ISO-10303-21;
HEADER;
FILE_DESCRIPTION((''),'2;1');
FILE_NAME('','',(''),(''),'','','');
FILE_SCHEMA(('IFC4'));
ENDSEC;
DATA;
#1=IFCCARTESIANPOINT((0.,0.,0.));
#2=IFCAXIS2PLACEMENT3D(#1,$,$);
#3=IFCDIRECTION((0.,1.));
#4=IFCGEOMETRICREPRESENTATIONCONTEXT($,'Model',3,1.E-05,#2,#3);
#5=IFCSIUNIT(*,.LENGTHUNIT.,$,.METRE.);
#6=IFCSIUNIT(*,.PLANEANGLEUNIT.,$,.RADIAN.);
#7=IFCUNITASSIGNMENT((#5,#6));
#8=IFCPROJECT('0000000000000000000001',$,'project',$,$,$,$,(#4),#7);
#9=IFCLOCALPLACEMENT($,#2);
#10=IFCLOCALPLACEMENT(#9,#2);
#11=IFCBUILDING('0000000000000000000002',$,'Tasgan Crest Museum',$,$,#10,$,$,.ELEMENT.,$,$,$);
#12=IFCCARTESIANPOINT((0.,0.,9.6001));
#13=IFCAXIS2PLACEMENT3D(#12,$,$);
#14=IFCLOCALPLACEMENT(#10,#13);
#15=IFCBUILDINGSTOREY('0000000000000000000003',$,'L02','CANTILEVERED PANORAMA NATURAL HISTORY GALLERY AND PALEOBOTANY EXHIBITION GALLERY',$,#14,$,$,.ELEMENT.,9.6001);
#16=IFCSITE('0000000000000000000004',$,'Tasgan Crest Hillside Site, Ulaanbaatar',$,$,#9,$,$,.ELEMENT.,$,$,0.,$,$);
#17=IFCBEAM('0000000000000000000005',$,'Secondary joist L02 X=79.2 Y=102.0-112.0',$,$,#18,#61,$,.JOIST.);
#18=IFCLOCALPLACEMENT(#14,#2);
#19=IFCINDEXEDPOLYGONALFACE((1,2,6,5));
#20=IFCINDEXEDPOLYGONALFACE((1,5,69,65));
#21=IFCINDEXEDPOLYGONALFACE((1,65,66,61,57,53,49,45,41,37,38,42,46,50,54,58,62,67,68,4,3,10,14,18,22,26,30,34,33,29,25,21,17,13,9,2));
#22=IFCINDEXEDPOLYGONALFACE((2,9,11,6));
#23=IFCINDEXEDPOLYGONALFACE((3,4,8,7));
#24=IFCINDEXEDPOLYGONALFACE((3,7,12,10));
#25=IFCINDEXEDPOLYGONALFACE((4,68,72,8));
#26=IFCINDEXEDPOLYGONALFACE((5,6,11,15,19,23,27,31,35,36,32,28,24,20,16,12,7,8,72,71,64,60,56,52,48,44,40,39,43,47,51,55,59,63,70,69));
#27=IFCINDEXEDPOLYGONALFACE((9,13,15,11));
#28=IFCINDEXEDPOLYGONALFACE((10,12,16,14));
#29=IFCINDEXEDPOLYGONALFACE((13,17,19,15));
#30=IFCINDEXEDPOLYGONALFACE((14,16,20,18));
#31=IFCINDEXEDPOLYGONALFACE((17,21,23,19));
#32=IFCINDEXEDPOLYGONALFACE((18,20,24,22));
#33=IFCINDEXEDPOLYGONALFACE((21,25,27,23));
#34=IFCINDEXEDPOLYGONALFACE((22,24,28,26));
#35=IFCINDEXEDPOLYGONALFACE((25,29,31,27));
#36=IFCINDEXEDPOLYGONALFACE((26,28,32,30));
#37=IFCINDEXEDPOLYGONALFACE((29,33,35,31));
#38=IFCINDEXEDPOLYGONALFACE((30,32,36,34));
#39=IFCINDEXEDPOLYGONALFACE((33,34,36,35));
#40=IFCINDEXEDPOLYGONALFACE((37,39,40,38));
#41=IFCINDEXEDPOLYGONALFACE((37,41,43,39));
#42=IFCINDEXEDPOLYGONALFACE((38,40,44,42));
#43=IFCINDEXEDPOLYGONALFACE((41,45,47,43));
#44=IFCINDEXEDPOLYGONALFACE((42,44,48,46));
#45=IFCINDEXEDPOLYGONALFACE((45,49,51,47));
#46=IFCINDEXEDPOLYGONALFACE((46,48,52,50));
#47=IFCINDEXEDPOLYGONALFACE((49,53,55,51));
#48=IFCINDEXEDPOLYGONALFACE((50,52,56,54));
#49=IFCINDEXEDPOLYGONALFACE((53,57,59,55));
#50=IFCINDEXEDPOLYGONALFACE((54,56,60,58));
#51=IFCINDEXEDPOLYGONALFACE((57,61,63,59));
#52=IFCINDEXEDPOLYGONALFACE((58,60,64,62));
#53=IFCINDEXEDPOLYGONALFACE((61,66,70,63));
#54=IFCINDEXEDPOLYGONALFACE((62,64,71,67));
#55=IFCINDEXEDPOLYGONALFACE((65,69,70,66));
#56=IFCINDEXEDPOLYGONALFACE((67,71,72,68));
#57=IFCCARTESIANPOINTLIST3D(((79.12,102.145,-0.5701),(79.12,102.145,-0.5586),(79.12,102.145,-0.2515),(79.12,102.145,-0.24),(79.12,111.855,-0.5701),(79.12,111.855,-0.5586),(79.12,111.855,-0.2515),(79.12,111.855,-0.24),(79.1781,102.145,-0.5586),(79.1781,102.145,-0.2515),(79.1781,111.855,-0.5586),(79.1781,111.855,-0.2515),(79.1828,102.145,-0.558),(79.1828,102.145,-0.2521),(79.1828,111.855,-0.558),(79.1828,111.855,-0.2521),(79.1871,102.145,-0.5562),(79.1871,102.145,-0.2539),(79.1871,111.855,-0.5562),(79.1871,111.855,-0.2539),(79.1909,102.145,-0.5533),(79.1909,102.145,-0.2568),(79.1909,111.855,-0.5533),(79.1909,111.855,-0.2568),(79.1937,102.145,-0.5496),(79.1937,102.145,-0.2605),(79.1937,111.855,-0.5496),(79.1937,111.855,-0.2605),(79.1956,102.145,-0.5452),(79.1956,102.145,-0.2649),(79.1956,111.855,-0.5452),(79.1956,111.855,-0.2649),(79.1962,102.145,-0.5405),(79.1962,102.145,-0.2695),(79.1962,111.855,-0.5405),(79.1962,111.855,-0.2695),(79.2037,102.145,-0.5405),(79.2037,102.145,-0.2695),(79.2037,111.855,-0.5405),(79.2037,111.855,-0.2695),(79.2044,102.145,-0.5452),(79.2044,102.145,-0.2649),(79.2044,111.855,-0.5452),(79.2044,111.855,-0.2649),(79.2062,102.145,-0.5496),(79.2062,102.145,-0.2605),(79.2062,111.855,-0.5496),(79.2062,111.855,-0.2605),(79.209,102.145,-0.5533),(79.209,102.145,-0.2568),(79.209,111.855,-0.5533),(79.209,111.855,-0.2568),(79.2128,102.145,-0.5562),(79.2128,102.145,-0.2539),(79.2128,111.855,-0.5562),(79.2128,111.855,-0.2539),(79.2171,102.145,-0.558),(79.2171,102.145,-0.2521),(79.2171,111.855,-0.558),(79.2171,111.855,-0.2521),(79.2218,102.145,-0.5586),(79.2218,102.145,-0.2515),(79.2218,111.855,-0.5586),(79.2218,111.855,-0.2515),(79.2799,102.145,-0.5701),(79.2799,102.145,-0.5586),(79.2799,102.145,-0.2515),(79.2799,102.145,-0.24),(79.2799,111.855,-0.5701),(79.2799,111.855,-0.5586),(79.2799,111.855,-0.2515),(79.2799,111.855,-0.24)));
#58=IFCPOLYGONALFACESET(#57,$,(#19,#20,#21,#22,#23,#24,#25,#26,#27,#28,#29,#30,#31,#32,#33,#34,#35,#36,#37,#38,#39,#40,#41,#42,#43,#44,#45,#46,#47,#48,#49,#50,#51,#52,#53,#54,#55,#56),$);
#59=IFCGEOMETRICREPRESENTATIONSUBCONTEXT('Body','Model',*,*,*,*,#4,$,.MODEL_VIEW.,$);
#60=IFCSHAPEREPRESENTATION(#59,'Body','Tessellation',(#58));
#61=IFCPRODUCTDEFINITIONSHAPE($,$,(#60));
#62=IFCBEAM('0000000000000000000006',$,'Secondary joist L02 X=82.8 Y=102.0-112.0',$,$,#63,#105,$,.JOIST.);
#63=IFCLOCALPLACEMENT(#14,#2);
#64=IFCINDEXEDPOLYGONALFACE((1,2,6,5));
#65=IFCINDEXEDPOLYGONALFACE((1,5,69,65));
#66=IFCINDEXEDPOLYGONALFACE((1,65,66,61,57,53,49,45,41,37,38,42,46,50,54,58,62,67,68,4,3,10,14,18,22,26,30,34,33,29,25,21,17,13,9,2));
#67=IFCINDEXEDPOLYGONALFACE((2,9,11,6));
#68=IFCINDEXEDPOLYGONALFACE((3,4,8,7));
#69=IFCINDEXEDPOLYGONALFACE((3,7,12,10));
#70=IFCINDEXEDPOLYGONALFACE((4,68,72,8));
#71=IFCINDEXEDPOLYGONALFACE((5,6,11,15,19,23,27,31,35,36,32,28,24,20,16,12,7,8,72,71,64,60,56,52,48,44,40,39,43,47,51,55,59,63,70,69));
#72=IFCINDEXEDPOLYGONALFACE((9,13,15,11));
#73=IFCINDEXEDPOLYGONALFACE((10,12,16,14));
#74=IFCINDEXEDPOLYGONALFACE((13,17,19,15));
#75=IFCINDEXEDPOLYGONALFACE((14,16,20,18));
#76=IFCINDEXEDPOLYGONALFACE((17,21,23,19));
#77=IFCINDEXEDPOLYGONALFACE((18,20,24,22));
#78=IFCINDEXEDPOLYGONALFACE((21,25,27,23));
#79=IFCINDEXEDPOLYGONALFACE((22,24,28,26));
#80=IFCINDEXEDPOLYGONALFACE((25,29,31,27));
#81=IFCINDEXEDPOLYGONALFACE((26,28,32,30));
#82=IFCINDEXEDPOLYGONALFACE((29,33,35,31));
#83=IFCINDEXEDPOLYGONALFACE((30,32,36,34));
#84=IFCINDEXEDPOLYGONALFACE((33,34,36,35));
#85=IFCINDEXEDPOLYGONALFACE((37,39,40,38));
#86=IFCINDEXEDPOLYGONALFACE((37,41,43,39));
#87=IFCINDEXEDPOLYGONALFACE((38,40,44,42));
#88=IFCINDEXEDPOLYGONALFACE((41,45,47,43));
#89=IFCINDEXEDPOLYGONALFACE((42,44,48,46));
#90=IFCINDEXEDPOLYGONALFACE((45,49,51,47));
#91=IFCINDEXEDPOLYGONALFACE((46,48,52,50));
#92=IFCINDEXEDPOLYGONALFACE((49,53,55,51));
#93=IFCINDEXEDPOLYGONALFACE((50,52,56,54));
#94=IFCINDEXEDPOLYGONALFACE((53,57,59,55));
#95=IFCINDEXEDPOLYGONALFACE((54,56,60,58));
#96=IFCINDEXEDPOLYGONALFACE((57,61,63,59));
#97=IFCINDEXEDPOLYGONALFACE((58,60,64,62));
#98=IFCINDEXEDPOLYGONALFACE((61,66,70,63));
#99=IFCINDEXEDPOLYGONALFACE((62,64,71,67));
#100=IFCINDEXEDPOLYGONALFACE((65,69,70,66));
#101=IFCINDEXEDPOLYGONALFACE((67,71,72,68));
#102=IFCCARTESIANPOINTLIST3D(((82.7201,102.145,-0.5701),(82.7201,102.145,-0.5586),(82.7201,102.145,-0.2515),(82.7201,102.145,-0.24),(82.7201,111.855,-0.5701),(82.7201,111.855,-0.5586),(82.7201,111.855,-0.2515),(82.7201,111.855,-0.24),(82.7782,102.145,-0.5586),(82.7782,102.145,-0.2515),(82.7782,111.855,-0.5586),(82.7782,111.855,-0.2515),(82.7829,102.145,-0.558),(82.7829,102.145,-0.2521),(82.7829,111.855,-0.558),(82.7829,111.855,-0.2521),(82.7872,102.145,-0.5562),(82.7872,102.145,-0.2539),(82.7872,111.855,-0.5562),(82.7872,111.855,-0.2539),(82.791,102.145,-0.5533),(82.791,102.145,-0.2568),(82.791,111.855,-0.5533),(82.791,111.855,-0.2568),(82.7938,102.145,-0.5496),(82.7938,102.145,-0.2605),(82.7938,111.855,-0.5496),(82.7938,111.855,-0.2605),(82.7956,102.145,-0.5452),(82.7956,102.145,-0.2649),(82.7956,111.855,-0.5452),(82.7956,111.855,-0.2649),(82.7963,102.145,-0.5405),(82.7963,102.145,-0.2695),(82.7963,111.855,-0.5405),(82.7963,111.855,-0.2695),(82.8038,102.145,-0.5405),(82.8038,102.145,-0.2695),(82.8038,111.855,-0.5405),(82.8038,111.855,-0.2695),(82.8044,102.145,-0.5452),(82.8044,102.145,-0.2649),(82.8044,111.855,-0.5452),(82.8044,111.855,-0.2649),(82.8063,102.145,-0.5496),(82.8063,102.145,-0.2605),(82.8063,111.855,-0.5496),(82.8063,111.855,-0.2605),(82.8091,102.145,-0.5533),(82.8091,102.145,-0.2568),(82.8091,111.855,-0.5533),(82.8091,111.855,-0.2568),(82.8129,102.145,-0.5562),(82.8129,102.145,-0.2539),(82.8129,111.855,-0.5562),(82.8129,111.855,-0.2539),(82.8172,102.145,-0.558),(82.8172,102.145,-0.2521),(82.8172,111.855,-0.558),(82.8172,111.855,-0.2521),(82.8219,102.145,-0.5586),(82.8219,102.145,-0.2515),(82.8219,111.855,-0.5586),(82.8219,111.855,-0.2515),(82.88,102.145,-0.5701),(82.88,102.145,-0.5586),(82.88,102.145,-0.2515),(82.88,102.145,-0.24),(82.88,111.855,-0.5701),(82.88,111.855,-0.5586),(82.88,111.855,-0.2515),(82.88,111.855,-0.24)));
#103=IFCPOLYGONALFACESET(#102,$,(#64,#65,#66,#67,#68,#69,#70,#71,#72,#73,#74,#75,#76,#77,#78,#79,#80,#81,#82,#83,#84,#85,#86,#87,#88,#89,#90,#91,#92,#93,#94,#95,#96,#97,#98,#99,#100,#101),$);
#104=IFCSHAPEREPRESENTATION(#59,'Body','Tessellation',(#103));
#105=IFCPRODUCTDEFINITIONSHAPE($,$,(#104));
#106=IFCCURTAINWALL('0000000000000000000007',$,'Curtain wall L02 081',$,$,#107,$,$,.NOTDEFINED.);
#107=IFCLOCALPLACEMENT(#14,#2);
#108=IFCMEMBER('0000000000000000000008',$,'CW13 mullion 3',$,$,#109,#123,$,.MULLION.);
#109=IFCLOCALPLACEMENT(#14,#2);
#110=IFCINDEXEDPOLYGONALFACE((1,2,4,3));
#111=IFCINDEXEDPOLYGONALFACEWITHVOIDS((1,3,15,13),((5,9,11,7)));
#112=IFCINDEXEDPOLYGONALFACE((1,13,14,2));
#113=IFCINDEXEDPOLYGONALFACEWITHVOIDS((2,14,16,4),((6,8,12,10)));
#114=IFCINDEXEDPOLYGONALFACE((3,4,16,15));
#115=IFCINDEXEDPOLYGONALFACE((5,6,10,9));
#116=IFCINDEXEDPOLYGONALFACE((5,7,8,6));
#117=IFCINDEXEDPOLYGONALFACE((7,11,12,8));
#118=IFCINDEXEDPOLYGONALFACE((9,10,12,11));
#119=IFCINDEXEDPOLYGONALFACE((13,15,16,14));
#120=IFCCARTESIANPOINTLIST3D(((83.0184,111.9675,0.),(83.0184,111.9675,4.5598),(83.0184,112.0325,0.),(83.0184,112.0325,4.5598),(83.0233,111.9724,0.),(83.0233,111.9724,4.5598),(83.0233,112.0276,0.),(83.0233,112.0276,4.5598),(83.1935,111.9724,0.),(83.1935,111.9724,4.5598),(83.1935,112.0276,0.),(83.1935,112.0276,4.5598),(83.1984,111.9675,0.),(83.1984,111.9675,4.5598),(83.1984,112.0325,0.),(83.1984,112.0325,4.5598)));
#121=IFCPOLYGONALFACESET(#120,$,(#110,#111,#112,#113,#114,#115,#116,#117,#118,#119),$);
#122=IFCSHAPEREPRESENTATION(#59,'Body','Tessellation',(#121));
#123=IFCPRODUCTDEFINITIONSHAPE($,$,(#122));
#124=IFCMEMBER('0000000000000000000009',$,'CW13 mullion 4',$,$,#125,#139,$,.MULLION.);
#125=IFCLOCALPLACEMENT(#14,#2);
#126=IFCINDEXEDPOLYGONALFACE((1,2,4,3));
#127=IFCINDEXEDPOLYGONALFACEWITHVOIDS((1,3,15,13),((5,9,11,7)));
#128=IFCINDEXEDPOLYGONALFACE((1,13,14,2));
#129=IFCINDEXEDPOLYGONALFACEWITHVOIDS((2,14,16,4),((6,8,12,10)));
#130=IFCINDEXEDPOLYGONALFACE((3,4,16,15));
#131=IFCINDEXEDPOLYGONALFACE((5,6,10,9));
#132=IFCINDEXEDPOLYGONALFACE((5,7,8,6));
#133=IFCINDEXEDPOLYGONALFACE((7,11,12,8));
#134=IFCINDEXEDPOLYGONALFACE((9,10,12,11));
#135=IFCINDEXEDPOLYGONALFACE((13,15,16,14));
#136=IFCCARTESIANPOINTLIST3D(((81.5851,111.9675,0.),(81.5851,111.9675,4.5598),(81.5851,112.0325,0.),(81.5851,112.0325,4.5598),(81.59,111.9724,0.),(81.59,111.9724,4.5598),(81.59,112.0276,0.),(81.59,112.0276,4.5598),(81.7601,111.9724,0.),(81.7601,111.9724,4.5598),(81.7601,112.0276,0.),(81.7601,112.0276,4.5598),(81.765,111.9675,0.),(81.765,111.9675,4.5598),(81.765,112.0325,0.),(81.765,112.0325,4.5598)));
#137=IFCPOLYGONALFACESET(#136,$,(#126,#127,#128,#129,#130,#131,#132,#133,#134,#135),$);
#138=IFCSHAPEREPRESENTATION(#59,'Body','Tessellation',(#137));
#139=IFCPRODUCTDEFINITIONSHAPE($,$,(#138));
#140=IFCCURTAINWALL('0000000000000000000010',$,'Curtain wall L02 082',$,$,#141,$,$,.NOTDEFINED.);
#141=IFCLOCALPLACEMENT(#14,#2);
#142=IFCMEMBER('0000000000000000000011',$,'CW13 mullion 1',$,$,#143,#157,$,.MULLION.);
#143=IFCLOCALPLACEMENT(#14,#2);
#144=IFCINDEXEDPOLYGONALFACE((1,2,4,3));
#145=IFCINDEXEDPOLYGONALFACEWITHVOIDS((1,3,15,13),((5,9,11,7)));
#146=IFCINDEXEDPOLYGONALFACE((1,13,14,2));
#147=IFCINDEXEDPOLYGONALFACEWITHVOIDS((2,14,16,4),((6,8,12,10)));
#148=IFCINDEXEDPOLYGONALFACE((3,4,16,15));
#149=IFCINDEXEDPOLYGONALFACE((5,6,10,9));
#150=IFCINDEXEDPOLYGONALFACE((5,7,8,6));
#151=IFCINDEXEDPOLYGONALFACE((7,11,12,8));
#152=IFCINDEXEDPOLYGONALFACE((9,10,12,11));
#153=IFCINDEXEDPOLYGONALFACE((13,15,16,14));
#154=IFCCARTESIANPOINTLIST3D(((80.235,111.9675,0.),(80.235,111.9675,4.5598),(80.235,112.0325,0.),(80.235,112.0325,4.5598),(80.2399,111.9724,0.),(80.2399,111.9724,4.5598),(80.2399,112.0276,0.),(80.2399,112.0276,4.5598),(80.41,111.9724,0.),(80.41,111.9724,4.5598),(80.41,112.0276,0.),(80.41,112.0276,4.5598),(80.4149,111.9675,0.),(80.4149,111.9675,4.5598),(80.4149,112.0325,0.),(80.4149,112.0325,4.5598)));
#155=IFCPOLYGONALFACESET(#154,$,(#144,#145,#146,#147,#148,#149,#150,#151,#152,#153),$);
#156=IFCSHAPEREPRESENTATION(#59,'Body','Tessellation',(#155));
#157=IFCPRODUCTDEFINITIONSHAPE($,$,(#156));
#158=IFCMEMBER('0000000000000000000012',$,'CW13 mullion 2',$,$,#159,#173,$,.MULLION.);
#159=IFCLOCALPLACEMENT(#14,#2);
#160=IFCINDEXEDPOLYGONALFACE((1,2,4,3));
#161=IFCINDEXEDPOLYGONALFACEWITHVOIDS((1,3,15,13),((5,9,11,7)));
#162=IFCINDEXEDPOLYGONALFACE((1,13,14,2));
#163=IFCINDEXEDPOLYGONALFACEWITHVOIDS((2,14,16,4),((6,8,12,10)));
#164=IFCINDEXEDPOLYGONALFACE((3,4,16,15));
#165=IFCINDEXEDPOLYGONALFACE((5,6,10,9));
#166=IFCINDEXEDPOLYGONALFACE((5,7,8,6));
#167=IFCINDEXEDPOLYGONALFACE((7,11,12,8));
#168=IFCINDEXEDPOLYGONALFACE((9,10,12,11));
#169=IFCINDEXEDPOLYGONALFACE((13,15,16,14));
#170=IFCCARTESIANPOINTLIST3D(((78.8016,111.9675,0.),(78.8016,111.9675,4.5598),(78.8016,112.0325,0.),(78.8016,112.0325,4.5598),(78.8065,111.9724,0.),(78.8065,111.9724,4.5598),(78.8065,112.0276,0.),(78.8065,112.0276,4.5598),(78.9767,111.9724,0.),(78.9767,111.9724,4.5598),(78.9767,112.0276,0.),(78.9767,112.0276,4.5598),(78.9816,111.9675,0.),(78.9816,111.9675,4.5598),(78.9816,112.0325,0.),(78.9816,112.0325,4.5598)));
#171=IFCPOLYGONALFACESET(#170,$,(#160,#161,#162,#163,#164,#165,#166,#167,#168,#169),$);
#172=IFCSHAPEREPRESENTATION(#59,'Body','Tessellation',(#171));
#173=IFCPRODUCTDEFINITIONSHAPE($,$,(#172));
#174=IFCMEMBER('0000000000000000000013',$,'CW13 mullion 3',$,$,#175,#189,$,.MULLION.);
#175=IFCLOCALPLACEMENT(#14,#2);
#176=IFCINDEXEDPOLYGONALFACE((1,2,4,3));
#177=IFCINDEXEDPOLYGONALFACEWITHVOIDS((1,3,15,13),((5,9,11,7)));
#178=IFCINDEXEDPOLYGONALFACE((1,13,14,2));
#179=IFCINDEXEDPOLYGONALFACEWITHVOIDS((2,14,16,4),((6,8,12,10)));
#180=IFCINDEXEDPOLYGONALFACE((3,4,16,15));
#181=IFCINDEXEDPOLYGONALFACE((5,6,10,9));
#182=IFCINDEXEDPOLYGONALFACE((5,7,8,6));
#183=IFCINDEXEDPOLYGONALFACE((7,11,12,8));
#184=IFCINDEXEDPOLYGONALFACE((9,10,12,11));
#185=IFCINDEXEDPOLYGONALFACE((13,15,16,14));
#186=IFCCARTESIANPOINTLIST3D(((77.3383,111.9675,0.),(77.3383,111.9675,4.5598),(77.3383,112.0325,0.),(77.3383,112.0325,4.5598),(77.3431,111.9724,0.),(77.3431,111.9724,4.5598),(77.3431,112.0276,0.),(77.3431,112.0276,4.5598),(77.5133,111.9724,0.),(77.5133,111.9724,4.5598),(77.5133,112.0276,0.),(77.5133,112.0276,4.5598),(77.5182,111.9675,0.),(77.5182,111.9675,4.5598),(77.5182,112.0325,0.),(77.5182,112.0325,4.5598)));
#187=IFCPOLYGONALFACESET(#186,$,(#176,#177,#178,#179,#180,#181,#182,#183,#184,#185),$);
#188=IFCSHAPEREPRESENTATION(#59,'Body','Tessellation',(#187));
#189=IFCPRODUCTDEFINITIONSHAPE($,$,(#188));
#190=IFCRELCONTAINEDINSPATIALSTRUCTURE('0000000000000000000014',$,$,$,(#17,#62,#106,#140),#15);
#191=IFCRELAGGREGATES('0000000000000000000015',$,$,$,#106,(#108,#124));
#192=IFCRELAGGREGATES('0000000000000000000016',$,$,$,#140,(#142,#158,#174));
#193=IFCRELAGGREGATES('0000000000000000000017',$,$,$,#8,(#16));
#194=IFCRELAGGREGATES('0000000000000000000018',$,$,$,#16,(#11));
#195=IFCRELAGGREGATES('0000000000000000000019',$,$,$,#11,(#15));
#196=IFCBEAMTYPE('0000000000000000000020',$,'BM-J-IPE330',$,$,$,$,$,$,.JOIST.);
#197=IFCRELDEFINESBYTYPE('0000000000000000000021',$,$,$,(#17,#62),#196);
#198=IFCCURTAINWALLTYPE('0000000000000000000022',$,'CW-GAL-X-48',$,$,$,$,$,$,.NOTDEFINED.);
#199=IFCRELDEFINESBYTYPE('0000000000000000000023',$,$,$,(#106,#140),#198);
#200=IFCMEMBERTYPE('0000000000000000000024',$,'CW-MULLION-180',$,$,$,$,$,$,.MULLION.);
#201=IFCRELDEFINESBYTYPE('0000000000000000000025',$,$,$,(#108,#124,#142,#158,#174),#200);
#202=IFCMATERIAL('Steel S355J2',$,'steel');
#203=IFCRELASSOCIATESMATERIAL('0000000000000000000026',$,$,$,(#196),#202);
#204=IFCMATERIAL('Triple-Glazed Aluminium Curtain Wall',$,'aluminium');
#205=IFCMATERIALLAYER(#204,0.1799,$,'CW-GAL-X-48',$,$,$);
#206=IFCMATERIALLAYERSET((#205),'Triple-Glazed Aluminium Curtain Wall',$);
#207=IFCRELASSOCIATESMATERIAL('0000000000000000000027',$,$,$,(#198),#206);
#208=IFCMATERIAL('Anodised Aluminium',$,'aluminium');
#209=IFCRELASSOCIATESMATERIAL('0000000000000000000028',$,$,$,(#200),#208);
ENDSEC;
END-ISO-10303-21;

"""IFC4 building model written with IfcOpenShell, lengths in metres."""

from ifc_helpers import new_model, si_unit, direction, frame, origin, origin_2d, place, context, subcontext, project, spatial, hollow_rectangle, i_section, extrude, material, layer, layer_set, material_profile, profile_set, type_object, element, aggregate, save


model = new_model("IFC4")

# Units and contexts
model_context = context("Model", 3, precision=1e-05, world=origin(), true_north=direction((0.0, 1.0)))
body_context = subcontext(model_context, "Body", "Model", "MODEL_VIEW")
ifc_project = project(units=[si_unit("LENGTHUNIT", "METRE"), si_unit("PLANEANGLEUNIT", "RADIAN")], contexts=[model_context])

# Site, building, storey
site_placement = place(None, origin())
site = spatial("IfcSite", under=ifc_project, at=site_placement, Name="Tasgan Crest Hillside Site, Ulaanbaatar", CompositionType="ELEMENT", RefElevation=0.0)
building_placement = place(site_placement, origin())
building = spatial("IfcBuilding", under=site, at=building_placement, Name="Tasgan Crest Museum", CompositionType="ELEMENT")
storey_placement = place(building_placement, frame((0.0, 0.0, 9.6001)))
storey = spatial("IfcBuildingStorey", under=building, at=storey_placement, Name="L02", Description="CANTILEVERED PANORAMA NATURAL HISTORY GALLERY AND PALEOBOTANY EXHIBITION GALLERY", CompositionType="ELEMENT", Elevation=9.6001)

# Beams
ifc_material_1 = material(Name="Steel S355J2", Category="steel")
ifc_material_profile_1 = material_profile(ifc_material_1, i_section(OverallWidth=0.1599, OverallDepth=0.3301, WebThickness=0.0076, FlangeThickness=0.0115, FilletRadius=0.0181, at=origin_2d()), Name="IPE 330")
ifc_profile_set_1 = profile_set([ifc_material_profile_1], Name="Steel S355J2")
beam_type = type_object("IfcBeamType", Name="BM-J-IPE330", PredefinedType="JOIST", material=ifc_profile_set_1)
for number, where, z_axis, x_axis, name in (
    (1, (79.2, 102.145, -0.405), (0.0, 1.0, 0.0), (-1.0, 0.0, 0.0), "Secondary joist L02 X=79.2 Y=102.0-112.0"),
    (2, (82.8, 102.145, -0.405), (0.0, 1.0, 0.0), (-1.0, 0.0, 0.0), "Secondary joist L02 X=82.8 Y=102.0-112.0"),
):
    element("IfcBeam", number, at=place(storey_placement, frame(where, z_axis=z_axis, x_axis=x_axis)), inside=storey, type_object=beam_type, Name=name, PredefinedType="JOIST", context=body_context, shape_type="SweptSolid", body=[
        extrude(i_section(OverallWidth=0.1599, OverallDepth=0.3301, WebThickness=0.0076, FlangeThickness=0.0115, FilletRadius=0.0181, at=origin_2d()), origin(), (0.0, 0.0, 1.0), 9.71),
    ])

# Curtain walls, members
ifc_material_2 = material(Name="Triple-Glazed Aluminium Curtain Wall", Category="aluminium")
ifc_layer_1 = layer(ifc_material_2, 0.1799, Name="CW-GAL-X-48")
ifc_layer_set_1 = layer_set([ifc_layer_1], Name="Triple-Glazed Aluminium Curtain Wall")
curtain_wall_type = type_object("IfcCurtainWallType", Name="CW-GAL-X-48", PredefinedType="NOTDEFINED", material=ifc_layer_set_1)
curtain_wall_1_placement = place(storey_placement, origin())
curtain_wall_1 = element("IfcCurtainWall", 3, at=curtain_wall_1_placement, inside=storey, type_object=curtain_wall_type, Name="Curtain wall L02 081", PredefinedType="NOTDEFINED")
ifc_material_3 = material(Name="Anodised Aluminium", Category="aluminium")
ifc_material_profile_2 = material_profile(ifc_material_3, hollow_rectangle(XDim=0.0649, YDim=0.1799, WallThickness=0.0049, at=origin_2d()), Name="ALU MULLION 180x65x5")
ifc_profile_set_2 = profile_set([ifc_material_profile_2], Name="Anodised Aluminium")
member_type_1 = type_object("IfcMemberType", Name="CW-MULLION-180", PredefinedType="MULLION", material=ifc_profile_set_2)
member_1_placement = place(storey_placement, frame((83.1084, 112.0, 0.0), z_axis=(0.0, 0.0, 1.0), x_axis=(0.0, -1.0, 0.0)))
member_1 = element("IfcMember", 4, at=member_1_placement, type_object=member_type_1, Name="CW13 mullion 3", PredefinedType="MULLION", context=body_context, shape_type="SweptSolid", body=[
    extrude(hollow_rectangle(XDim=0.0649, YDim=0.1799, WallThickness=0.0049, at=origin_2d()), origin(), (0.0, 0.0, 1.0), 4.5598),
])
member_2_placement = place(storey_placement, frame((81.675, 112.0, 0.0), z_axis=(0.0, 0.0, 1.0), x_axis=(0.0, -1.0, 0.0)))
member_2 = element("IfcMember", 5, at=member_2_placement, type_object=member_type_1, Name="CW13 mullion 4", PredefinedType="MULLION", context=body_context, shape_type="SweptSolid", body=[
    extrude(hollow_rectangle(XDim=0.0649, YDim=0.1799, WallThickness=0.0049, at=origin_2d()), origin(), (0.0, 0.0, 1.0), 4.5598),
])
curtain_wall_2_placement = place(storey_placement, origin())
curtain_wall_2 = element("IfcCurtainWall", 6, at=curtain_wall_2_placement, inside=storey, type_object=curtain_wall_type, Name="Curtain wall L02 082", PredefinedType="NOTDEFINED")
member_3_placement = place(storey_placement, frame((80.325, 112.0, 0.0), z_axis=(0.0, 0.0, 1.0), x_axis=(0.0, -1.0, 0.0)))
member_3 = element("IfcMember", 7, at=member_3_placement, type_object=member_type_1, Name="CW13 mullion 1", PredefinedType="MULLION", context=body_context, shape_type="SweptSolid", body=[
    extrude(hollow_rectangle(XDim=0.0649, YDim=0.1799, WallThickness=0.0049, at=origin_2d()), origin(), (0.0, 0.0, 1.0), 4.5598),
])
member_4_placement = place(storey_placement, frame((78.8916, 112.0, 0.0), z_axis=(0.0, 0.0, 1.0), x_axis=(0.0, -1.0, 0.0)))
member_4 = element("IfcMember", 8, at=member_4_placement, type_object=member_type_1, Name="CW13 mullion 2", PredefinedType="MULLION", context=body_context, shape_type="SweptSolid", body=[
    extrude(hollow_rectangle(XDim=0.0649, YDim=0.1799, WallThickness=0.0049, at=origin_2d()), origin(), (0.0, 0.0, 1.0), 4.5598),
])
member_5_placement = place(storey_placement, frame((77.4282, 112.0, 0.0), z_axis=(0.0, 0.0, 1.0), x_axis=(0.0, -1.0, 0.0)))
member_5 = element("IfcMember", 9, at=member_5_placement, type_object=member_type_1, Name="CW13 mullion 3", PredefinedType="MULLION", context=body_context, shape_type="SweptSolid", body=[
    extrude(hollow_rectangle(XDim=0.0649, YDim=0.1799, WallThickness=0.0049, at=origin_2d()), origin(), (0.0, 0.0, 1.0), 4.5598),
])

aggregate(curtain_wall_1, [member_1, member_2])
aggregate(curtain_wall_2, [member_3, member_4, member_5])

save(model, "model.ifc")
